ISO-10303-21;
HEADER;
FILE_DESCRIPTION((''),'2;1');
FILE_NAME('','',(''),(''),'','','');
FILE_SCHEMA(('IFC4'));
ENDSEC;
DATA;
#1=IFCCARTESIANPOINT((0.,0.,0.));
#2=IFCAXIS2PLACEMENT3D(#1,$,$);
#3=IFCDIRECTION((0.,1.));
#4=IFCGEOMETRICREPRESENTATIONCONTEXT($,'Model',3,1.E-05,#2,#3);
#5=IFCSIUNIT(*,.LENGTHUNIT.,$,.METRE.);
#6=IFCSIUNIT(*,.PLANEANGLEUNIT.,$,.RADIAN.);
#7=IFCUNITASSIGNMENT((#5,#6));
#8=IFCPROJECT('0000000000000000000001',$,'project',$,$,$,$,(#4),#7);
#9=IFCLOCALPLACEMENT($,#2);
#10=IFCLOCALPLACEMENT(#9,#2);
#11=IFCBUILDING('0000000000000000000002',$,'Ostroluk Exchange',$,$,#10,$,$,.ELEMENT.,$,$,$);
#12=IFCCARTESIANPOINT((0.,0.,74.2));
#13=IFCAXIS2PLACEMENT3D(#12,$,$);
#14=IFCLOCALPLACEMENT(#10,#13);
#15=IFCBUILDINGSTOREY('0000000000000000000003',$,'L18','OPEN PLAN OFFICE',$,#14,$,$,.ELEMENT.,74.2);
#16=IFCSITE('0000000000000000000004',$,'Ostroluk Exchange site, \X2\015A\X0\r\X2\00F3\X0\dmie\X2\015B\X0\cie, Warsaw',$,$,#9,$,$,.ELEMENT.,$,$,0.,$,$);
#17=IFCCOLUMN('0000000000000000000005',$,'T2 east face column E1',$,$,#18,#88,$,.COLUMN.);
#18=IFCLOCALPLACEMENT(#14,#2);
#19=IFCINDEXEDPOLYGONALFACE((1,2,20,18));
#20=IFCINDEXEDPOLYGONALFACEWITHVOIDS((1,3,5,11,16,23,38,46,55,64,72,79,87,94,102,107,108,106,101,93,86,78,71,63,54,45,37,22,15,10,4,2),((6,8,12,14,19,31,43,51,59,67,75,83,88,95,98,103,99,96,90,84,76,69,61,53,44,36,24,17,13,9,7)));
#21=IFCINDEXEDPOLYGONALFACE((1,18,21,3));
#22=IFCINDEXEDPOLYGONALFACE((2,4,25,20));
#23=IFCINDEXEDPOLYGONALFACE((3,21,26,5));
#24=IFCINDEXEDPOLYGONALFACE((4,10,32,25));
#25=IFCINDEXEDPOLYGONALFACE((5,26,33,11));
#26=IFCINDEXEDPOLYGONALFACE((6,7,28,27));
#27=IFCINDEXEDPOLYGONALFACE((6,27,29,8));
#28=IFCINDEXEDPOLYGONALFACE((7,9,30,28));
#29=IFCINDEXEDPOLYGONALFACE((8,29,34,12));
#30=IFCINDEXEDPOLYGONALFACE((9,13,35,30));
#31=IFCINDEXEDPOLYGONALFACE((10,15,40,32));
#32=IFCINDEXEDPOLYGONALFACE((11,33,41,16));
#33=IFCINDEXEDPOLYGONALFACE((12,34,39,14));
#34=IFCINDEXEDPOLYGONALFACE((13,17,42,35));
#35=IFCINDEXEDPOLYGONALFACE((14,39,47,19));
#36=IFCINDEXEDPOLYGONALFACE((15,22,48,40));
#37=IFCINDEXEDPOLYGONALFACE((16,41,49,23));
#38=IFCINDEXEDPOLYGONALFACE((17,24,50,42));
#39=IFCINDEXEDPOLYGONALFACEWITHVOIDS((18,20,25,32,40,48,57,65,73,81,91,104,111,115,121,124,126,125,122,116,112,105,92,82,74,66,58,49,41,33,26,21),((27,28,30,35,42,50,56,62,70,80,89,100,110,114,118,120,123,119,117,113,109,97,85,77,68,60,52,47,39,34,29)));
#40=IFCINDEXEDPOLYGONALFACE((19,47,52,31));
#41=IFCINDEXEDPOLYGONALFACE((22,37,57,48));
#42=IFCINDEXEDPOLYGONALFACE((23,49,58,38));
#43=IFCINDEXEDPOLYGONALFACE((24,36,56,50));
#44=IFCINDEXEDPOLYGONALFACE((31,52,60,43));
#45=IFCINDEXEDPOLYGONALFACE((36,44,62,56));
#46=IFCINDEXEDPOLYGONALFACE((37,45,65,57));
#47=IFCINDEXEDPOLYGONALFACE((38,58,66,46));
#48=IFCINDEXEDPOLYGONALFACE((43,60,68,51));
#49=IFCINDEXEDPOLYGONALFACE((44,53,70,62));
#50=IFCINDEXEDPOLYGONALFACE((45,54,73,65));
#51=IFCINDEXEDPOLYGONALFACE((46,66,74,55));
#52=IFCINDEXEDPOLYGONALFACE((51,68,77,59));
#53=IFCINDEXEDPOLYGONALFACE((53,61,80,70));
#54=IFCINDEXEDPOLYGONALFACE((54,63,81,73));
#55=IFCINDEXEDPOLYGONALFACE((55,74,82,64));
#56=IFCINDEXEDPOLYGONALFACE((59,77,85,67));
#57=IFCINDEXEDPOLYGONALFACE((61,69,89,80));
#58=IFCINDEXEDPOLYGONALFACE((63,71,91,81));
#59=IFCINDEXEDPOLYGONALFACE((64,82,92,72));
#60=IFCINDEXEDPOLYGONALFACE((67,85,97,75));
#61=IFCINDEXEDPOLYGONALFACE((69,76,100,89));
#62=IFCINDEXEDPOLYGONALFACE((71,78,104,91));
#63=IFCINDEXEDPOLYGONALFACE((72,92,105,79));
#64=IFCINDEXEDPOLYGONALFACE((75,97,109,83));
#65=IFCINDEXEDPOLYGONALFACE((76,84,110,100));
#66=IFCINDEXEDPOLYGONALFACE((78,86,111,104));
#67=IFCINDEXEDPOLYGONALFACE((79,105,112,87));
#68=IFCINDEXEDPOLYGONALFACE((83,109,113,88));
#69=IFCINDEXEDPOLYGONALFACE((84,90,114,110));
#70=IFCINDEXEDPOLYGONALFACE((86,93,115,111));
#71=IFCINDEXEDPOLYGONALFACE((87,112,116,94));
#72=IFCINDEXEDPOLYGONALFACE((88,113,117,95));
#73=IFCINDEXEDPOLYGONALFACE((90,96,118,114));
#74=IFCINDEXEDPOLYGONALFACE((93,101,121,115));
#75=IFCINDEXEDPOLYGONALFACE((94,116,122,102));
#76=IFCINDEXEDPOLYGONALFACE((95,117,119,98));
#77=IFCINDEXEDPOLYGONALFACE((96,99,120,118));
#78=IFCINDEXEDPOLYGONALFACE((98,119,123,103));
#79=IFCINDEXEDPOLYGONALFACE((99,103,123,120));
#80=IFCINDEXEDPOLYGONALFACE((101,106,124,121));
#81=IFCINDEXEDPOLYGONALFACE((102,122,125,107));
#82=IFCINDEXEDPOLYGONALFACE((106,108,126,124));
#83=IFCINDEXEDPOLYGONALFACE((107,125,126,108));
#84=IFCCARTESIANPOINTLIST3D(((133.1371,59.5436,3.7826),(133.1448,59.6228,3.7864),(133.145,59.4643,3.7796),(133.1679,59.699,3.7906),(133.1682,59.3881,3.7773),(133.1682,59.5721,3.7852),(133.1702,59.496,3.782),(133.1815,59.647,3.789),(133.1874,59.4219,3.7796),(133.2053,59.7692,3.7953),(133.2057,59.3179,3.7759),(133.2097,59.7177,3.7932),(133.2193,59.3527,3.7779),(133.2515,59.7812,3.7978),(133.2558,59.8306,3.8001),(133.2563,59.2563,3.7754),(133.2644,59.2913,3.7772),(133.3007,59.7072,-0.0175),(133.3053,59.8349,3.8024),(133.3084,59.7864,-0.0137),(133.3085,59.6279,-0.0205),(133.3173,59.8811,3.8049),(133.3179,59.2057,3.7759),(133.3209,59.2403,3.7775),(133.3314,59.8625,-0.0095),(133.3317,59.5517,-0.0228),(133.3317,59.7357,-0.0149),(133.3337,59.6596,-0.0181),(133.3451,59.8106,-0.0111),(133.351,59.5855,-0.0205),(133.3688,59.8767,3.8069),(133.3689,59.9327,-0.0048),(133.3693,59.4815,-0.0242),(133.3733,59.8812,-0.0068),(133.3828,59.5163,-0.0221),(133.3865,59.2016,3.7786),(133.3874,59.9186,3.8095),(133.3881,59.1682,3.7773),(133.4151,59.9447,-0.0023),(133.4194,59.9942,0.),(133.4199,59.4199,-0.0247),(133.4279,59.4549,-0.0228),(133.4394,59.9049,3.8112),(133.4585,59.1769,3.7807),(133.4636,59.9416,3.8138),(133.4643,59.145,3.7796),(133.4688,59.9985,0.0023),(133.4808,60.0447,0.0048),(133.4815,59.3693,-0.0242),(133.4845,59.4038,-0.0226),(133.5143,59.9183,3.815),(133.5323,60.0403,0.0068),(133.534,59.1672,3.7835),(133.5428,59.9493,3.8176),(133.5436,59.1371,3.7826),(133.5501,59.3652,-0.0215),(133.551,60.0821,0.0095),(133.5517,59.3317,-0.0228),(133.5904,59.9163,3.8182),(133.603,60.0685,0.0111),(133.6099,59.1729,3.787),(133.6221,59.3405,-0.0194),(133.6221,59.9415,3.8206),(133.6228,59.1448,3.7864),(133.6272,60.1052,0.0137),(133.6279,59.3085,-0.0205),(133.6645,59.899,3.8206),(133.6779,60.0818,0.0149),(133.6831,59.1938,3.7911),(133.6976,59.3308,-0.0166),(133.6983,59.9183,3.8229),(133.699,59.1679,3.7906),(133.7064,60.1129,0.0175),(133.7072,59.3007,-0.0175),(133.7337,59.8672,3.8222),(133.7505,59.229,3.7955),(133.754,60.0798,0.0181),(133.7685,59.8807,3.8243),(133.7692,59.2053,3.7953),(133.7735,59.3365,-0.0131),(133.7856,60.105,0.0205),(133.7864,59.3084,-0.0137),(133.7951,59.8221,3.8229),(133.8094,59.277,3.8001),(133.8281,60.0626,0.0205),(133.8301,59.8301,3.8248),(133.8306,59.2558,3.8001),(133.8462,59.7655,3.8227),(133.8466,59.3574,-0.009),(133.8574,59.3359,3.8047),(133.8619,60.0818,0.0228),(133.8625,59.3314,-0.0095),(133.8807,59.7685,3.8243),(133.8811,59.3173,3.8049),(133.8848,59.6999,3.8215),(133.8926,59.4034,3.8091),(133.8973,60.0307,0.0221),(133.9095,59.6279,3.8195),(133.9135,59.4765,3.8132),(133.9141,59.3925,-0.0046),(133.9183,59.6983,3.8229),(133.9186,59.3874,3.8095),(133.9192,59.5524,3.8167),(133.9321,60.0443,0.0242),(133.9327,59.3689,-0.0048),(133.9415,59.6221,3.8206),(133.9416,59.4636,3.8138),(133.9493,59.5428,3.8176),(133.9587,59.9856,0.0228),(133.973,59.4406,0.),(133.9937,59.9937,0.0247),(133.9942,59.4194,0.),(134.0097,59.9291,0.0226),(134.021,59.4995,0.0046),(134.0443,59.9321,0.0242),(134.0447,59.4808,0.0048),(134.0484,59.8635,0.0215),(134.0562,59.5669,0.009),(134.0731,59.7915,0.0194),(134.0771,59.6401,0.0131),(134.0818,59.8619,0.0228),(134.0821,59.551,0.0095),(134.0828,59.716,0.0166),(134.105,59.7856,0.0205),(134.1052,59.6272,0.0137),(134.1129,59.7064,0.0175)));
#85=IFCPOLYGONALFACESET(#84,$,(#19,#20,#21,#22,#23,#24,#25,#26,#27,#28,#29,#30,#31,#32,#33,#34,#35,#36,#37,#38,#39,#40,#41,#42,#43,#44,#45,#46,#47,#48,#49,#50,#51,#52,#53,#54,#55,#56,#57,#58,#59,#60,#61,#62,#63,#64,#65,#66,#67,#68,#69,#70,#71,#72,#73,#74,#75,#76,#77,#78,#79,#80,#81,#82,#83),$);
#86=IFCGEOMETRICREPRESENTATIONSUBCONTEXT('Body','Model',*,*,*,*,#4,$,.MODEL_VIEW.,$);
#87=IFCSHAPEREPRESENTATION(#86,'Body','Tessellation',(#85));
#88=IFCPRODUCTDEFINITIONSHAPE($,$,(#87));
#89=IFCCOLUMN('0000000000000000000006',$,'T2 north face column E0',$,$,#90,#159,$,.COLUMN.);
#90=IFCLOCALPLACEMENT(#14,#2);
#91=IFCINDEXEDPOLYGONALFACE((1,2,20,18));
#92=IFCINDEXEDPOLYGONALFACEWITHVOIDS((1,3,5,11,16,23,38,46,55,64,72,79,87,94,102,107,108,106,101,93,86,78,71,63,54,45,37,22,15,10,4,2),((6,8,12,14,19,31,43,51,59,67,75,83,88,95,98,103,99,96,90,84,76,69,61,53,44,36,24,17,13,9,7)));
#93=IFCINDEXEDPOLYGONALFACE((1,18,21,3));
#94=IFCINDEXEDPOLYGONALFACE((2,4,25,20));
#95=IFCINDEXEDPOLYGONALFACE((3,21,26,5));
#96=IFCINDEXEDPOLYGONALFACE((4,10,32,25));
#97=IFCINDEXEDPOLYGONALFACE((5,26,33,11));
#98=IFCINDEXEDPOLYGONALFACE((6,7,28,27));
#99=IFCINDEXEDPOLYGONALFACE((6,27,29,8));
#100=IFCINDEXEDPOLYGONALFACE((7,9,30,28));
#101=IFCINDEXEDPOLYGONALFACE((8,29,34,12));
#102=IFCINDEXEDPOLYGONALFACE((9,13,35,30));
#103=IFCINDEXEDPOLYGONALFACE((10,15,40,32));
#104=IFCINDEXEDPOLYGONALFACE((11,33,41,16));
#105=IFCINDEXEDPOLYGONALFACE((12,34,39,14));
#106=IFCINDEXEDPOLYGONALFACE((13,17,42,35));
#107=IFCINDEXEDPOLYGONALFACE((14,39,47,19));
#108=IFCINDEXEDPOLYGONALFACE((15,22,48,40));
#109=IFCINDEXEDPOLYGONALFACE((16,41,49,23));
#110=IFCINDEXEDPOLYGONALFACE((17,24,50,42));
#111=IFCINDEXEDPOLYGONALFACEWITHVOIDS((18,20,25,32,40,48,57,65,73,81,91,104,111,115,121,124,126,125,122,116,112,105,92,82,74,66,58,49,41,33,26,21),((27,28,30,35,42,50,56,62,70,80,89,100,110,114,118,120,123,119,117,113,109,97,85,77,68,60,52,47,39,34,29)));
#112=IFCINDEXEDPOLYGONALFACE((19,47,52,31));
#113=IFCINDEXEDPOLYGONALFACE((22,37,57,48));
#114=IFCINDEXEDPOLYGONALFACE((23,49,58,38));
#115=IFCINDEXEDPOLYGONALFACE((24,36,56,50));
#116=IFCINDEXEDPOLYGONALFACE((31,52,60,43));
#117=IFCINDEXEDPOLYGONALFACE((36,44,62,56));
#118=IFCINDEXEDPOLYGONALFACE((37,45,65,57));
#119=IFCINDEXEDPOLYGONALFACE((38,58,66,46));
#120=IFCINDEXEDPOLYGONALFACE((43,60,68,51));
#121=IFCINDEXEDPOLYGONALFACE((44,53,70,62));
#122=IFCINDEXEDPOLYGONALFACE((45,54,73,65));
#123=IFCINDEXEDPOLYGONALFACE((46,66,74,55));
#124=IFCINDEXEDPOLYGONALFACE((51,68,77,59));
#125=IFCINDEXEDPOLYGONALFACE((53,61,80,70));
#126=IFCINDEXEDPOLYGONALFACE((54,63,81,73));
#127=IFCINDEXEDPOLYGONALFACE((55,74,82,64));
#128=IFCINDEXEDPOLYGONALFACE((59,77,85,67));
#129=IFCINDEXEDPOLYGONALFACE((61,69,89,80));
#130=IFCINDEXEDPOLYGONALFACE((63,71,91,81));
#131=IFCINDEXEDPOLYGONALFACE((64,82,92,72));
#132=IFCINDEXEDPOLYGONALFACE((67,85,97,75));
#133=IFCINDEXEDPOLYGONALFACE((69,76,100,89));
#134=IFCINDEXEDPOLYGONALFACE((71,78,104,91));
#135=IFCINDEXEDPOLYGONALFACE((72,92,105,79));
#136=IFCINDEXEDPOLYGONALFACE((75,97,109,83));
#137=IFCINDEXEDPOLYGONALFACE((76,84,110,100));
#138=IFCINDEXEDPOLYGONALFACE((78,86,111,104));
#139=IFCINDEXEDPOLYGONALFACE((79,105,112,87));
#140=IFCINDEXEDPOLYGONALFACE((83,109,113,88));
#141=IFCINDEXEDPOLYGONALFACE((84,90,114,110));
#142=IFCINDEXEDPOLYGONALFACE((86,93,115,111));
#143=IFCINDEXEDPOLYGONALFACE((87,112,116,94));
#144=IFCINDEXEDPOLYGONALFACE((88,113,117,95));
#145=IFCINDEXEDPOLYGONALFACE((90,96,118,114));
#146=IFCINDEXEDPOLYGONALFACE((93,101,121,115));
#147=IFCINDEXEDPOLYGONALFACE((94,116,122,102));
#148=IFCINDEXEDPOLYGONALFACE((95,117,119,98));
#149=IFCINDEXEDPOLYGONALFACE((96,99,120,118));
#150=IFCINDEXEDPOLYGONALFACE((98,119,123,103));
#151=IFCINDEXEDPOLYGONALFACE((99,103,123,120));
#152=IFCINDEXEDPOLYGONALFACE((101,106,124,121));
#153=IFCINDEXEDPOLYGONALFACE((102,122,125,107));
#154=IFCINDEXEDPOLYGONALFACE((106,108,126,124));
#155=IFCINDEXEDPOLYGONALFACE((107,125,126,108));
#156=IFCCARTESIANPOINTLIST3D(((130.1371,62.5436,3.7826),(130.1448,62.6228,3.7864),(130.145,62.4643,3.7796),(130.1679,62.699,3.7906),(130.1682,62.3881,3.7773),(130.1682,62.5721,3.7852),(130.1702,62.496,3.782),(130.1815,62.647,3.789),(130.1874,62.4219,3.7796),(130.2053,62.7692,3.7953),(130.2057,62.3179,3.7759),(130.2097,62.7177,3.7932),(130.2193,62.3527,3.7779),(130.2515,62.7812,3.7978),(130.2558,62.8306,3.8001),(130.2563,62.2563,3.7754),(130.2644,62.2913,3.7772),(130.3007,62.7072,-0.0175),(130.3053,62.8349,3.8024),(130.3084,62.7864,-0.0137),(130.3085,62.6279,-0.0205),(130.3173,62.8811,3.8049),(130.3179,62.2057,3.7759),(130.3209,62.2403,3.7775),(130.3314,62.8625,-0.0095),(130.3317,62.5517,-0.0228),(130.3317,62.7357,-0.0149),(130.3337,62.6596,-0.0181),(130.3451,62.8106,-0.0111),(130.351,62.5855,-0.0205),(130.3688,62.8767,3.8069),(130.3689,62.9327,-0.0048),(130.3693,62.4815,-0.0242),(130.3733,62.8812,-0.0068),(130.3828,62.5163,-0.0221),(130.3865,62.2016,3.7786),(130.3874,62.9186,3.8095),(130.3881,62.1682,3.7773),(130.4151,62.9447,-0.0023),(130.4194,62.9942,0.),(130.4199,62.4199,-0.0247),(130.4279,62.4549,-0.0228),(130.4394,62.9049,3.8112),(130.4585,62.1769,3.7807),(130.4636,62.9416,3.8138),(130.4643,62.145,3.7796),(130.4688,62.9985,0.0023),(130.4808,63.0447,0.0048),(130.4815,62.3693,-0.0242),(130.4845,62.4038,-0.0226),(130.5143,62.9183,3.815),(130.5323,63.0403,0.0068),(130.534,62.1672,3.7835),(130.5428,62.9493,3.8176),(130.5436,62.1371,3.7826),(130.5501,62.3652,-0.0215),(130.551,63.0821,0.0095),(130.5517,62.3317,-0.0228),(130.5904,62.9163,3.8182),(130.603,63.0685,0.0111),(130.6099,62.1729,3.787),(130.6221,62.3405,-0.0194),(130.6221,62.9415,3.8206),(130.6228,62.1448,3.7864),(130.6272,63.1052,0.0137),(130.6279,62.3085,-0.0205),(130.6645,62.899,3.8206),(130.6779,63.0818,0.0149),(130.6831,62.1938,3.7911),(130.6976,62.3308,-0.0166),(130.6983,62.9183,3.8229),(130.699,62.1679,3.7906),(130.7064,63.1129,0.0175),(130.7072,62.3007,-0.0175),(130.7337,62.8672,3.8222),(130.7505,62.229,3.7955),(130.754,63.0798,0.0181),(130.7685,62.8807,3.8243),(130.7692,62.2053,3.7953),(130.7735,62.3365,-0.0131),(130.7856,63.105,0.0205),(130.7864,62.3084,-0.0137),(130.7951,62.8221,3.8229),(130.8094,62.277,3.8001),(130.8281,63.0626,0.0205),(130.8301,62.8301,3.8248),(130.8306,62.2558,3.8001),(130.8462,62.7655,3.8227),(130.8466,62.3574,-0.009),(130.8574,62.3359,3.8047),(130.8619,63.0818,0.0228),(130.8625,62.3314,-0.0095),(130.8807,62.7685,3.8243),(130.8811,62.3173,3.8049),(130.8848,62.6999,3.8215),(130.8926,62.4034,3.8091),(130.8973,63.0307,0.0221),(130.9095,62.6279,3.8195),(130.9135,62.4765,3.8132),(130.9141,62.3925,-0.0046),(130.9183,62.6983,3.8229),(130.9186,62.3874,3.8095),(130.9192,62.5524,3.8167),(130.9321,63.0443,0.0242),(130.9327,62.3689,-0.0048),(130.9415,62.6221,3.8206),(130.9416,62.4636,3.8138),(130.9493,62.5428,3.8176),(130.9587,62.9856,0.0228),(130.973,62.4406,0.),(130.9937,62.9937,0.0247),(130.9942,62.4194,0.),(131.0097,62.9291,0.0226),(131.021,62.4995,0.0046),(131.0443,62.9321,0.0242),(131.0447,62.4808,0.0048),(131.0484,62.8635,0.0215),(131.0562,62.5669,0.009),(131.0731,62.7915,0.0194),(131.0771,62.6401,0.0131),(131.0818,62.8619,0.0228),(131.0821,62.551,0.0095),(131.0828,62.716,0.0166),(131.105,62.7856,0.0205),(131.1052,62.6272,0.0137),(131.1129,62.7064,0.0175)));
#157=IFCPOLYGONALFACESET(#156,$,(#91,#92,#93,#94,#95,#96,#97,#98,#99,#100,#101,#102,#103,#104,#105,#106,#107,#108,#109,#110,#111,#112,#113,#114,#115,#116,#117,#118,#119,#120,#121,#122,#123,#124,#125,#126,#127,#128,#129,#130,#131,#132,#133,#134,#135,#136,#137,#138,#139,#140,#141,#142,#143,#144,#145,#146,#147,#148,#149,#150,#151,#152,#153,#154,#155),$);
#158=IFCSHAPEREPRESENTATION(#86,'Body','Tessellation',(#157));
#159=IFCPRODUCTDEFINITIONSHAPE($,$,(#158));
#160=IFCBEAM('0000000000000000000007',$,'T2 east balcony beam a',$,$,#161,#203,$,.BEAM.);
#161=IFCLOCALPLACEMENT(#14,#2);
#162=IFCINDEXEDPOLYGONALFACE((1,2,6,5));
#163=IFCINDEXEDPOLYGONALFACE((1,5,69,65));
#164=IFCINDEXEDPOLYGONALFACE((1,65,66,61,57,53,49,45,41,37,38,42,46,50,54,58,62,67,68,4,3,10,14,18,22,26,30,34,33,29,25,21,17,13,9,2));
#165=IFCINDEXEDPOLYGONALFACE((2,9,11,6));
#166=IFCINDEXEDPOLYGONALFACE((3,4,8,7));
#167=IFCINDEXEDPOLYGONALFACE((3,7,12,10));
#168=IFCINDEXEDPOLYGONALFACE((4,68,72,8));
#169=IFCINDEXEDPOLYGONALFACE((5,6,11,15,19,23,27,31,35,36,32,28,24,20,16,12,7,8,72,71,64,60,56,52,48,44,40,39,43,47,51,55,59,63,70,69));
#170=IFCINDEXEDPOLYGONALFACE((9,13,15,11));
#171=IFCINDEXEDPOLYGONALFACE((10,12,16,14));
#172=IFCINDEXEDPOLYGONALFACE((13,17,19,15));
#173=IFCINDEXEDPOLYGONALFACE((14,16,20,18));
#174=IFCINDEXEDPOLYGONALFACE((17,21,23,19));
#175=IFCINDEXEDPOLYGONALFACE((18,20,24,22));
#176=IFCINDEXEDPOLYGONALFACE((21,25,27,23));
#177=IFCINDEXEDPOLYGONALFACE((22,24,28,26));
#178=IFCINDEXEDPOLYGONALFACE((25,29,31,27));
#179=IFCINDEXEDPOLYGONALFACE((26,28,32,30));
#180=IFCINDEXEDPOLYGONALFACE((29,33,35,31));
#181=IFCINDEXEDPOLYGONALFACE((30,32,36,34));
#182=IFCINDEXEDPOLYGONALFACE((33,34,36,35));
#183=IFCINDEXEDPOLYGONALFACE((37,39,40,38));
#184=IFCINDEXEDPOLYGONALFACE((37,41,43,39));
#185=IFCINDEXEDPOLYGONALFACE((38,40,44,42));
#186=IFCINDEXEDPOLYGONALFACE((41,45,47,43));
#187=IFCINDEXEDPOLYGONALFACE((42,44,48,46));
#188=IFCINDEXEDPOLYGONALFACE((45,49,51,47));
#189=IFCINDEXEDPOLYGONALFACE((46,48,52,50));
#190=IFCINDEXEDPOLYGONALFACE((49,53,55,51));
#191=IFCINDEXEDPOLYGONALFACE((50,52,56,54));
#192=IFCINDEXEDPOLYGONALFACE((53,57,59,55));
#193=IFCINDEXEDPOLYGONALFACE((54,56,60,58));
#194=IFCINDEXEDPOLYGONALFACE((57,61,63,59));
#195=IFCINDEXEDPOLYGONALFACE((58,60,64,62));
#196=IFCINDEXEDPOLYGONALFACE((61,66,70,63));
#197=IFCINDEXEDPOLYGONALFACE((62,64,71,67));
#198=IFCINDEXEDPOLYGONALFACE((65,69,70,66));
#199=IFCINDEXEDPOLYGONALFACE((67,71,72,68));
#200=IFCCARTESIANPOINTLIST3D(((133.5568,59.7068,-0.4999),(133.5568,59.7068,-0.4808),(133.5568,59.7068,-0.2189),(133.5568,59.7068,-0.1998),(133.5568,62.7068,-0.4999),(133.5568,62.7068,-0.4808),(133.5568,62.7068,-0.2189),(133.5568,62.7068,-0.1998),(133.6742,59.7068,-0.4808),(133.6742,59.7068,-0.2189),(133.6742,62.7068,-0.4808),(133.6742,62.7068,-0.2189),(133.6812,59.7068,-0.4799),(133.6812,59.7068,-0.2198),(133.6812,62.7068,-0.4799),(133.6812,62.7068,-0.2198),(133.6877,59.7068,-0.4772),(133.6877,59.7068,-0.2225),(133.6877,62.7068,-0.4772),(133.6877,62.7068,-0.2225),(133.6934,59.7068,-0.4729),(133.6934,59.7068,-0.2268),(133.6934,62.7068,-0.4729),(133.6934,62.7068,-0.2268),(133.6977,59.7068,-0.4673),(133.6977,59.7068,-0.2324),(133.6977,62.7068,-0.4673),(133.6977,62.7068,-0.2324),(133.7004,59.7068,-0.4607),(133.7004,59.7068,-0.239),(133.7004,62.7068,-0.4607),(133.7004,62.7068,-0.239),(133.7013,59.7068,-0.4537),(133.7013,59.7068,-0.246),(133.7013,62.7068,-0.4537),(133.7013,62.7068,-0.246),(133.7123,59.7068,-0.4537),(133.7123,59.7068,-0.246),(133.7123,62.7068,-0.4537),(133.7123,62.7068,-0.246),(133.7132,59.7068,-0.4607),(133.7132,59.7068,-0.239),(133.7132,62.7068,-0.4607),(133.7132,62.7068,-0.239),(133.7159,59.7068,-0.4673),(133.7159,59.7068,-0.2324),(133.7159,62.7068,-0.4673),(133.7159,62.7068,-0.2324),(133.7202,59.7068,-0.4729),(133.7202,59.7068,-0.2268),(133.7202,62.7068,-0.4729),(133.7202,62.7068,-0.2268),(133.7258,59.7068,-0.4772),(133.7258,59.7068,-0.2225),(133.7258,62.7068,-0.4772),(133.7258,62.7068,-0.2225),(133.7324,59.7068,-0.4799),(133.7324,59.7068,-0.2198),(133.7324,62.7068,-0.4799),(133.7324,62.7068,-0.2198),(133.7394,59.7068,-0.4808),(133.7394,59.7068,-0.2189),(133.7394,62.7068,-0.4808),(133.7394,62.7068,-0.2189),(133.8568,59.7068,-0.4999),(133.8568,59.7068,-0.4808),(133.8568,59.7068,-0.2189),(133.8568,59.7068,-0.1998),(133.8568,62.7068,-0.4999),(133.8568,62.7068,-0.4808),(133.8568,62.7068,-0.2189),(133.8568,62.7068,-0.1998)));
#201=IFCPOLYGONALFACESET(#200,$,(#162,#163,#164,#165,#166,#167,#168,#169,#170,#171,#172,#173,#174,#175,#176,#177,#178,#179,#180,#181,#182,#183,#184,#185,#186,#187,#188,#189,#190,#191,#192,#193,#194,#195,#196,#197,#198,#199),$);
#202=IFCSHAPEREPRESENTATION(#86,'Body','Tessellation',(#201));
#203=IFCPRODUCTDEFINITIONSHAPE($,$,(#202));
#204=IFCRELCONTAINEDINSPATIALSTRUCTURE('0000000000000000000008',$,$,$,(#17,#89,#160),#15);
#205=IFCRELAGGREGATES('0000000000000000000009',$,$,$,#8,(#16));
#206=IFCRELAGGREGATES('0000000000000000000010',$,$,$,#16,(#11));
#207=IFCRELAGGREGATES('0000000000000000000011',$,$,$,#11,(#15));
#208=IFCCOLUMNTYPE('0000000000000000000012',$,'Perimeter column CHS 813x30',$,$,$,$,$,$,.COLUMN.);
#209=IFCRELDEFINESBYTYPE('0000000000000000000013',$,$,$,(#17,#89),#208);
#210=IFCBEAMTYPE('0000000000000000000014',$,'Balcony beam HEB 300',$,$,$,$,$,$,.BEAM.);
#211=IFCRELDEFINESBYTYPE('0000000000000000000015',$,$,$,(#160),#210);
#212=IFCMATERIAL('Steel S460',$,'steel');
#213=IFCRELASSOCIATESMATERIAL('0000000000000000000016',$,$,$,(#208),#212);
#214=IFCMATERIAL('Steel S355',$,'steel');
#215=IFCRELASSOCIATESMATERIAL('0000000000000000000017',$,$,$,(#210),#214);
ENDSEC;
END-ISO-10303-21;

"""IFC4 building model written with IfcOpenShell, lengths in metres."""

from ifc_helpers import new_model, si_unit, direction, frame, origin, origin_2d, place, context, subcontext, project, spatial, hollow_circle, i_section, extrude, material, material_profile, profile_set, type_object, element, save


model = new_model("IFC4")

# Units and contexts
model_context = context("Model", 3, precision=1e-05, world=origin(), true_north=direction((0.0, 1.0)))
body_context = subcontext(model_context, "Body", "Model", "MODEL_VIEW")
ifc_project = project(units=[si_unit("LENGTHUNIT", "METRE"), si_unit("PLANEANGLEUNIT", "RADIAN")], contexts=[model_context])

# Site, building, storey
site_placement = place(None, origin())
site = spatial("IfcSite", under=ifc_project, at=site_placement, Name="Ostroluk Exchange site, Śródmieście, Warsaw", CompositionType="ELEMENT", RefElevation=0.0)
building_placement = place(site_placement, origin())
building = spatial("IfcBuilding", under=site, at=building_placement, Name="Ostroluk Exchange", CompositionType="ELEMENT")
storey_placement = place(building_placement, frame((0.0, 0.0, 74.2)))
storey = spatial("IfcBuildingStorey", under=building, at=storey_placement, Name="L18", Description="OPEN PLAN OFFICE", CompositionType="ELEMENT", Elevation=74.2)

# Columns
ifc_material_1 = material(Name="Steel S460", Category="steel")
ifc_material_profile_1 = material_profile(ifc_material_1, hollow_circle(Radius=0.4065, WallThickness=0.03, at=origin_2d()), Name="CHS 813x30")
ifc_profile_set_1 = profile_set([ifc_material_profile_1], Name="Steel S460")
column_type = type_object("IfcColumnType", Name="Perimeter column CHS 813x30", PredefinedType="COLUMN", material=ifc_profile_set_1)
for number, where, z_axis, x_axis, name in (
    (1, (133.7068, 59.7068, 0.0), (-0.042966, -0.042966, 0.998152), (0.707107, -0.707107, 0.0), "T2 east face column E1"),
    (2, (130.7068, 62.7068, 0.0), (-0.042966, -0.042966, 0.998152), (0.707107, -0.707107, 0.0), "T2 north face column E0"),
):
    element("IfcColumn", number, at=place(storey_placement, frame(where, z_axis=z_axis, x_axis=x_axis)), inside=storey, type_object=column_type, Name=name, PredefinedType="COLUMN", context=body_context, shape_type="SweptSolid", body=[
        extrude(hollow_circle(Radius=0.4065, WallThickness=0.03, at=origin_2d()), origin(), (0.0, 0.0, 1.0), 3.8071),
    ])

# Beam
ifc_material_2 = material(Name="Steel S355", Category="steel")
ifc_material_profile_2 = material_profile(ifc_material_2, i_section(OverallWidth=0.3, OverallDepth=0.3, WebThickness=0.011, FlangeThickness=0.019, FilletRadius=0.0271, at=origin_2d()), Name="HEB 300")
ifc_profile_set_2 = profile_set([ifc_material_profile_2], Name="Steel S355")
beam_type_1 = type_object("IfcBeamType", Name="Balcony beam HEB 300", PredefinedType="BEAM", material=ifc_profile_set_2)
for number, where, z_axis, x_axis, name in (
    (3, (133.7068, 59.7068, -0.3499), (0.0, 1.0, 0.0), (-1.0, 0.0, 0.0), "T2 east balcony beam a"),
):
    element("IfcBeam", number, at=place(storey_placement, frame(where, z_axis=z_axis, x_axis=x_axis)), inside=storey, type_object=beam_type_1, Name=name, PredefinedType="BEAM", context=body_context, shape_type="SweptSolid", body=[
        extrude(i_section(OverallWidth=0.3, OverallDepth=0.3, WebThickness=0.011, FlangeThickness=0.019, FilletRadius=0.0271, at=origin_2d()), origin(), (0.0, 0.0, 1.0), 3.0),
    ])

save(model, "model.ifc")
